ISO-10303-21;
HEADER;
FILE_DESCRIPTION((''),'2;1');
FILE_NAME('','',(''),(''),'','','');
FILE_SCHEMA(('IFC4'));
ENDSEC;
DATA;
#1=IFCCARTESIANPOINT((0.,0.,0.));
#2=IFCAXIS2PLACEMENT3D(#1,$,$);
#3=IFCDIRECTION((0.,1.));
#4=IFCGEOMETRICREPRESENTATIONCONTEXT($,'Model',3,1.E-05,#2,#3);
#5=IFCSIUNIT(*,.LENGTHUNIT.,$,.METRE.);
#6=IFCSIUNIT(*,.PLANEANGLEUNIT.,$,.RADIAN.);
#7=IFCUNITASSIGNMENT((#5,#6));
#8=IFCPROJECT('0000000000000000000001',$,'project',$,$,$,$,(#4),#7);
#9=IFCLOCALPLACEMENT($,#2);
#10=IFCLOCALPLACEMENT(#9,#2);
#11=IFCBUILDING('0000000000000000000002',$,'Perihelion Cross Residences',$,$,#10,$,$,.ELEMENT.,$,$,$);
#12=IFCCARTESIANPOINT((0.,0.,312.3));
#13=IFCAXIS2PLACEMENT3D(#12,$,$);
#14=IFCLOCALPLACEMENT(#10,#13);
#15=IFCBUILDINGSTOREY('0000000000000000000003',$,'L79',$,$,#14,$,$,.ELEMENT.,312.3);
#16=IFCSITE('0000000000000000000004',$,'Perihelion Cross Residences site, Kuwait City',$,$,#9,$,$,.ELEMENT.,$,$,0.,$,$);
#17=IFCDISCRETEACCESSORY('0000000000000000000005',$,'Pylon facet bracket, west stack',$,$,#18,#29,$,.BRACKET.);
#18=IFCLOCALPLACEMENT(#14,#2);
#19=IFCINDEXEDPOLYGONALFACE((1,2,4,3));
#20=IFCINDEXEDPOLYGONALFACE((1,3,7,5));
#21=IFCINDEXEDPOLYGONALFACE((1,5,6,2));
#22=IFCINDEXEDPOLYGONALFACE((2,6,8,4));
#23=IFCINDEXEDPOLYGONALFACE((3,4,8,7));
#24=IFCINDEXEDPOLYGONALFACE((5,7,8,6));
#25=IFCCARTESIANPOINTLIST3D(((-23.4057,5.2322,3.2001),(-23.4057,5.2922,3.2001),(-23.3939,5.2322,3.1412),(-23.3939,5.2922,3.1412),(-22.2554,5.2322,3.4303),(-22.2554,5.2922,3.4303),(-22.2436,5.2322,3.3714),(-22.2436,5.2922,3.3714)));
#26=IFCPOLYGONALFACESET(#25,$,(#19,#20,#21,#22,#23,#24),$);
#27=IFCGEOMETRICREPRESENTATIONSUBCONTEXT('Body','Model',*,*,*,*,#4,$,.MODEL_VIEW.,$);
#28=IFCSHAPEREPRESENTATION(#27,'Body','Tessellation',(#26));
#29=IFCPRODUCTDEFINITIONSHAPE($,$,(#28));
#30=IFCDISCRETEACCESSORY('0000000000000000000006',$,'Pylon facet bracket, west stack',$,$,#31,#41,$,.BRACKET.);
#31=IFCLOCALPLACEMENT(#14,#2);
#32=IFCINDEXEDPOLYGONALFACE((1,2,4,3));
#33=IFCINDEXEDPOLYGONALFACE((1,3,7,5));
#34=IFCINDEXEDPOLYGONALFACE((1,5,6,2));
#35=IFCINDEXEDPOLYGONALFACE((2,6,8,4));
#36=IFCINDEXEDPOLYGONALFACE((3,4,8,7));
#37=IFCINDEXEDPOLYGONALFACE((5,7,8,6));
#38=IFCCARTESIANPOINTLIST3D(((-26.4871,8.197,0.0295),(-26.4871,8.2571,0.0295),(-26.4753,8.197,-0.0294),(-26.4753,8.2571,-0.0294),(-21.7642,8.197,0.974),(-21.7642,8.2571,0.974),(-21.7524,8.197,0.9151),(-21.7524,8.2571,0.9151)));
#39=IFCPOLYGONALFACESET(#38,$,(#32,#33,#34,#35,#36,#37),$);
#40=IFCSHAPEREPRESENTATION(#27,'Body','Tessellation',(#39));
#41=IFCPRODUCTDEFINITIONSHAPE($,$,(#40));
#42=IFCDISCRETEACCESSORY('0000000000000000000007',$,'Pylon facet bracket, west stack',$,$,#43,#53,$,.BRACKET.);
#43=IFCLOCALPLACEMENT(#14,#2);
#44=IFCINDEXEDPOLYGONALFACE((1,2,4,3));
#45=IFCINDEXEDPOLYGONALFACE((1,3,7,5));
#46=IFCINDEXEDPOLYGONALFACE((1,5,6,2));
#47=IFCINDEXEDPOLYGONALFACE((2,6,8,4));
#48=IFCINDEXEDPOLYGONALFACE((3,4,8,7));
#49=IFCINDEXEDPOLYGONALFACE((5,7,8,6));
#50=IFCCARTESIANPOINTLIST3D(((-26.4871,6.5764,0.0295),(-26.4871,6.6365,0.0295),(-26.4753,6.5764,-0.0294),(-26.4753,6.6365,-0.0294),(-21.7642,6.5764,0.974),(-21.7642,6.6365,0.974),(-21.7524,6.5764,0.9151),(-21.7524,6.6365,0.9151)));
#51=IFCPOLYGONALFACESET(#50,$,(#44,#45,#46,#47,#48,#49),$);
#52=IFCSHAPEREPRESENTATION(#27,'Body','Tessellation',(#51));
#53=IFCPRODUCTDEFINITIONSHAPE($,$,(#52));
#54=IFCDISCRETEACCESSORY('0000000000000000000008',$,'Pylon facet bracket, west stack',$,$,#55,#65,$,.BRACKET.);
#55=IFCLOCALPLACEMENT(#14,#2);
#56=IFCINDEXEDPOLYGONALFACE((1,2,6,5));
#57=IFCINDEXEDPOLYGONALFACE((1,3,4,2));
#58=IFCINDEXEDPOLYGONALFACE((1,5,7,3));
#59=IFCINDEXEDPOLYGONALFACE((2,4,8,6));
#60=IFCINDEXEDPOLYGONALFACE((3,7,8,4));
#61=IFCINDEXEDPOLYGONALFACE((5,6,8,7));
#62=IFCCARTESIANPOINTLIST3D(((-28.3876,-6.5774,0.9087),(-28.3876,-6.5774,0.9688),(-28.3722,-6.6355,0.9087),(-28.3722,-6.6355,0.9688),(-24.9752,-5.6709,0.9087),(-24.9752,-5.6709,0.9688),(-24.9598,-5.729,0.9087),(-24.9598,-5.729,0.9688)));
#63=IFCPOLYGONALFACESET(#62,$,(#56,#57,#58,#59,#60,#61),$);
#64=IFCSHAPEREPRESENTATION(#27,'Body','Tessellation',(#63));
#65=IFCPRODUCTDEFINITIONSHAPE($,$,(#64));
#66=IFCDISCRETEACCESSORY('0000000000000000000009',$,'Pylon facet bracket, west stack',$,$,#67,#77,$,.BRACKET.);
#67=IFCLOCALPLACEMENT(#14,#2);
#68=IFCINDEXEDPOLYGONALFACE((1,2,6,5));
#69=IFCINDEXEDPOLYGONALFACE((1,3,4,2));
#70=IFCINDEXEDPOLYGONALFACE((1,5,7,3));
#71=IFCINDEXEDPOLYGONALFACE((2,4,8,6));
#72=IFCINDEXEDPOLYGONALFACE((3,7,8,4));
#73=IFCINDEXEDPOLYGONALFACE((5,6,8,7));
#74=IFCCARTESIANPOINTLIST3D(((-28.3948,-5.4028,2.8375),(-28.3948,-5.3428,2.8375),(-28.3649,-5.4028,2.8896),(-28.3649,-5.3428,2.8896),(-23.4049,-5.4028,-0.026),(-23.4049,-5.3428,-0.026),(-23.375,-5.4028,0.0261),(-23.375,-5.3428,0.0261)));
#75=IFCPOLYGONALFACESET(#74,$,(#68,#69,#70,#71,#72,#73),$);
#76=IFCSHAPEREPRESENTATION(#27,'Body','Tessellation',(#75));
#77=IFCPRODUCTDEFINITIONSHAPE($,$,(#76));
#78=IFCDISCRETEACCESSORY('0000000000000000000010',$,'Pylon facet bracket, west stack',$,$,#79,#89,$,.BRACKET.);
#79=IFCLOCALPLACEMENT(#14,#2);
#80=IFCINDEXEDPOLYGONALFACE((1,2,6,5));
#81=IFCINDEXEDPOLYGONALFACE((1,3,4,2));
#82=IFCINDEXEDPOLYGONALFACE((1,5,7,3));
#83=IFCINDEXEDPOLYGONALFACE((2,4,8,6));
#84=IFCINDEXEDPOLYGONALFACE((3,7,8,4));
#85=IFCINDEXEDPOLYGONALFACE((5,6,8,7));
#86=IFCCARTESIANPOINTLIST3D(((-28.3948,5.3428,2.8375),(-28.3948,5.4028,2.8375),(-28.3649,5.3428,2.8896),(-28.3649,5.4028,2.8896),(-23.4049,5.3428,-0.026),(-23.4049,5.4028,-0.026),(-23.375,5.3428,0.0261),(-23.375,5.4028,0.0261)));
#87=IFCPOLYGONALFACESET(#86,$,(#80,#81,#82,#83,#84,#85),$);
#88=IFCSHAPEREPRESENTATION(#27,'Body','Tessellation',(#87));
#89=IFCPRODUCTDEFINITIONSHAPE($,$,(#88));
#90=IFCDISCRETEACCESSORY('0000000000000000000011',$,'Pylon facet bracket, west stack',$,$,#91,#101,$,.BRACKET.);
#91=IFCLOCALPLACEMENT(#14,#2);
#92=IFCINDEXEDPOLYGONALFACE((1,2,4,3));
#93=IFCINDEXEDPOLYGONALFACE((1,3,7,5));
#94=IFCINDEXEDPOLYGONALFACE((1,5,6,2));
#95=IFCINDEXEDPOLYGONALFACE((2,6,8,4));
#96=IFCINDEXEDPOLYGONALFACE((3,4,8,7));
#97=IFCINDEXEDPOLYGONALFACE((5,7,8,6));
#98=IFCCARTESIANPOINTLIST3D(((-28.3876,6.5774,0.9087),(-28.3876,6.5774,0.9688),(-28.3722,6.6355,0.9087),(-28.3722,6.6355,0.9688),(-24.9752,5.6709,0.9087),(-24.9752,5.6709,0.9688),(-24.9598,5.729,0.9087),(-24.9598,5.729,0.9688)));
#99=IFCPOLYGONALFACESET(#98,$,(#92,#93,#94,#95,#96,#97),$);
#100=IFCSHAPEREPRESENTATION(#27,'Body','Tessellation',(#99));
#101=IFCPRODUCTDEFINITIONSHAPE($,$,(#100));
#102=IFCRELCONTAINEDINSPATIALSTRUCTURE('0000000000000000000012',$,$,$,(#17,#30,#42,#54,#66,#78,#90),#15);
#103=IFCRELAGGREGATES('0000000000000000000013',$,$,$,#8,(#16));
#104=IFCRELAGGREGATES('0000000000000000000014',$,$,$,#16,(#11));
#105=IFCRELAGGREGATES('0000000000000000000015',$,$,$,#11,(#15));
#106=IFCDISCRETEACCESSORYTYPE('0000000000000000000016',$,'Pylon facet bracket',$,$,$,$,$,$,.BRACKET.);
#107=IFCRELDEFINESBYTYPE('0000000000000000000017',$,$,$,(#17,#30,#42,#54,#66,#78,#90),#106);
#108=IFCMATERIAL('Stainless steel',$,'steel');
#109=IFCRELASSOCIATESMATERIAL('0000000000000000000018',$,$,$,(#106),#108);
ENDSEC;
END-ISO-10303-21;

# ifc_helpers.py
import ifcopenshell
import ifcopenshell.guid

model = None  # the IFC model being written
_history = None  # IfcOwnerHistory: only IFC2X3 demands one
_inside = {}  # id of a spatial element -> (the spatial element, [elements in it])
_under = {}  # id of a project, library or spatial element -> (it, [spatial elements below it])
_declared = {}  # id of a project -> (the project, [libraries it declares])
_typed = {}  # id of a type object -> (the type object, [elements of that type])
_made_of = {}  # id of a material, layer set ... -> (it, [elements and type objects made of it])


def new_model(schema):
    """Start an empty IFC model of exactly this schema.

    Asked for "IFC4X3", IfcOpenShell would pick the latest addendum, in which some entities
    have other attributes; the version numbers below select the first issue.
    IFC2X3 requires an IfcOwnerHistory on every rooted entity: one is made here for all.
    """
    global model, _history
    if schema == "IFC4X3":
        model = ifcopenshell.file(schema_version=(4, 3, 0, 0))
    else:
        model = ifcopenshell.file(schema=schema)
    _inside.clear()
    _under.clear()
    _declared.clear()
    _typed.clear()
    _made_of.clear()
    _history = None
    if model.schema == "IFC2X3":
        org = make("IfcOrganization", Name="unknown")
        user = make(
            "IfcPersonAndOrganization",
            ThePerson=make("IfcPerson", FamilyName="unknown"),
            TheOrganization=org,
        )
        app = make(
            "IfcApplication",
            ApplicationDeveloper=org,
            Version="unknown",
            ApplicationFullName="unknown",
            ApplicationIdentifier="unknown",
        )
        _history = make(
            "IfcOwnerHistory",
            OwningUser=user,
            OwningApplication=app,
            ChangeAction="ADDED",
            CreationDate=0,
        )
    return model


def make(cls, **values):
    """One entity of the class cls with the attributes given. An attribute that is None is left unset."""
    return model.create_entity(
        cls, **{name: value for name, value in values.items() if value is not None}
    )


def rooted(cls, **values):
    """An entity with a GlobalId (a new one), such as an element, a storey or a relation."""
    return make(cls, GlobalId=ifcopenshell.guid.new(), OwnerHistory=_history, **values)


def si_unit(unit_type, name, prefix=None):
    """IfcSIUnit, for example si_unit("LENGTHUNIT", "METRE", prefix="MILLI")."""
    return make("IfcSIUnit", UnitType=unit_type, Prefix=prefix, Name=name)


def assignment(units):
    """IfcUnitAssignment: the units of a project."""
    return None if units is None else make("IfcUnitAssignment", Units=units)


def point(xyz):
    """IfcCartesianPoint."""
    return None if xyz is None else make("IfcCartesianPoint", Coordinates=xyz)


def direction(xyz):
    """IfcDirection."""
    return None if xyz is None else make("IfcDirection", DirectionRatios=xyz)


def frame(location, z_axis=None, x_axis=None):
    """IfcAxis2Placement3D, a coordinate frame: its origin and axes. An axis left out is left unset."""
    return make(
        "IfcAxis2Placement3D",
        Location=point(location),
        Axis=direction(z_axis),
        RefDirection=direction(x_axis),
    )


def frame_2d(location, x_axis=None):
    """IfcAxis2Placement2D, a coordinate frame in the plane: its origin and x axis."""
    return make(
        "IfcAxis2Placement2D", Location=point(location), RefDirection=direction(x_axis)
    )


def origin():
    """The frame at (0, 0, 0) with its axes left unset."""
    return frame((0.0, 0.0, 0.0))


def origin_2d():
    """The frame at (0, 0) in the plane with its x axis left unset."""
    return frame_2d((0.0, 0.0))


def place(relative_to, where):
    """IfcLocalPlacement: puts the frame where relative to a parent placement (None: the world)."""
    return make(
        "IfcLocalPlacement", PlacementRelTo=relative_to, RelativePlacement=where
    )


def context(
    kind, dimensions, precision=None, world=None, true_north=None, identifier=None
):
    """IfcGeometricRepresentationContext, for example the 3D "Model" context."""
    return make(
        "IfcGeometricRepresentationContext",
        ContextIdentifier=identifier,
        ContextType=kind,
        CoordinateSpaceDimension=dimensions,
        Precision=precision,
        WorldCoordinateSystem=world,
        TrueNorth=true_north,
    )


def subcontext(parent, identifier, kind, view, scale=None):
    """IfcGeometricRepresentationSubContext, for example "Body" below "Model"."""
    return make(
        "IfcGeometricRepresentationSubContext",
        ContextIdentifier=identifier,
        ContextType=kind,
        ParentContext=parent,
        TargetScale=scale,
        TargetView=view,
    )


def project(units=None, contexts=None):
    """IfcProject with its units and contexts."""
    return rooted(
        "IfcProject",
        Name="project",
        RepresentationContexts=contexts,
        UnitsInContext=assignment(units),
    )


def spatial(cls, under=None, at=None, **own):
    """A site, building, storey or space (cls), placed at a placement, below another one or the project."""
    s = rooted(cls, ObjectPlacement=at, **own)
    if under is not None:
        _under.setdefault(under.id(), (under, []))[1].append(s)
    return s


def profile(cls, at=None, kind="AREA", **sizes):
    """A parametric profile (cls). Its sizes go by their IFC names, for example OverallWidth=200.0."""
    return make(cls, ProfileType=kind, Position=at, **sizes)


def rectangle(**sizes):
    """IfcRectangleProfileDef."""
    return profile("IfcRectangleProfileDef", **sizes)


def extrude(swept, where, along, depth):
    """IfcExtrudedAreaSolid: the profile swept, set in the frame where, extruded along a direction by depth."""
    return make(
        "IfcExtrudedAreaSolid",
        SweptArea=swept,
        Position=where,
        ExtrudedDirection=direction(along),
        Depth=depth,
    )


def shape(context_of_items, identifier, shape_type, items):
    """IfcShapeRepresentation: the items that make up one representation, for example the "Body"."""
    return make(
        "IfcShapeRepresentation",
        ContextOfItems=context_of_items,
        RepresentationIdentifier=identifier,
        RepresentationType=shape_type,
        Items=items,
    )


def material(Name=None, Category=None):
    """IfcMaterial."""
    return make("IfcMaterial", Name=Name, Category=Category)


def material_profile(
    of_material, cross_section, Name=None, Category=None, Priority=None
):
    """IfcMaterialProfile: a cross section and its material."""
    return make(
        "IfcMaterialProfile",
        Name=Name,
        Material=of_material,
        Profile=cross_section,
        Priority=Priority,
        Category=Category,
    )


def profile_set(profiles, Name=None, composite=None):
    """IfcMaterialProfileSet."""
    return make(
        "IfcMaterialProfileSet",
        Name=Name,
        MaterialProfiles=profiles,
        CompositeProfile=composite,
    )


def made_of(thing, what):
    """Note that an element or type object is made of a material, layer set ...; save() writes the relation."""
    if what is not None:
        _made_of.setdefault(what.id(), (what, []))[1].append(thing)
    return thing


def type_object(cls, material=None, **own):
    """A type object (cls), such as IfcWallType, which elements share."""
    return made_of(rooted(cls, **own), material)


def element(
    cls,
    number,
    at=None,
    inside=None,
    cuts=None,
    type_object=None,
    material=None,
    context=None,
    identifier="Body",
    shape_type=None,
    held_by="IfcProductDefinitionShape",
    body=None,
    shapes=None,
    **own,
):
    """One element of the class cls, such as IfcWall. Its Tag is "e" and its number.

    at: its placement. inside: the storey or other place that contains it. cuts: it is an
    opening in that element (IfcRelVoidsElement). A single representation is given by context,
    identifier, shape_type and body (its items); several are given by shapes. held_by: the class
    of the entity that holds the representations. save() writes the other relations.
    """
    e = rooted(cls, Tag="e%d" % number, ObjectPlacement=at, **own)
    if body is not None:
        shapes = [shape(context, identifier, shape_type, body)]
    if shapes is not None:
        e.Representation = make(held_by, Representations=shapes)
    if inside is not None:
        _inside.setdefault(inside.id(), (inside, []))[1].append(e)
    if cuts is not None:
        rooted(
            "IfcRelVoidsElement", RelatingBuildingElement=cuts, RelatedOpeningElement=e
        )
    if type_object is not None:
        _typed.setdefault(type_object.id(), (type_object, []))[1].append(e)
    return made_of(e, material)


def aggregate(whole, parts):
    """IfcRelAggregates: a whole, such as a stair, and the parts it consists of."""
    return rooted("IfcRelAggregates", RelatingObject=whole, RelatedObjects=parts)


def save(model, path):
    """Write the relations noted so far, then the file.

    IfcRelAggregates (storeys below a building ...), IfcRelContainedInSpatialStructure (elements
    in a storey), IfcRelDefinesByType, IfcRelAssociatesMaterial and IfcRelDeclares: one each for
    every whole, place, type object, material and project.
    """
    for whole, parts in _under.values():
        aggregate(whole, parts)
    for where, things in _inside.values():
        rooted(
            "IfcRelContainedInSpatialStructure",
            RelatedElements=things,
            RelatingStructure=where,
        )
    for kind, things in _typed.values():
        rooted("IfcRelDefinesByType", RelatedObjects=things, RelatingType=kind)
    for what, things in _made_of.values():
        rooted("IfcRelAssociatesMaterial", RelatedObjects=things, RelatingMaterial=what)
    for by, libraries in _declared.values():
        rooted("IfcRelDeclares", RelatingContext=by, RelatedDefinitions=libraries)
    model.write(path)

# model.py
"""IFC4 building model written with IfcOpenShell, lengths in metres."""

from ifc_helpers import new_model, si_unit, direction, frame, origin, origin_2d, place, context, subcontext, project, spatial, rectangle, extrude, material, material_profile, profile_set, type_object, element, save


model = new_model("IFC4")

# Units and contexts
model_context = context("Model", 3, precision=1e-05, world=origin(), true_north=direction((0.0, 1.0)))
body_context = subcontext(model_context, "Body", "Model", "MODEL_VIEW")
ifc_project = project(units=[si_unit("LENGTHUNIT", "METRE"), si_unit("PLANEANGLEUNIT", "RADIAN")], contexts=[model_context])

# Site, building, storey
site_placement = place(None, origin())
site = spatial("IfcSite", under=ifc_project, at=site_placement, Name="Perihelion Cross Residences site, Kuwait City", CompositionType="ELEMENT", RefElevation=0.0)
building_placement = place(site_placement, origin())
building = spatial("IfcBuilding", under=site, at=building_placement, Name="Perihelion Cross Residences", CompositionType="ELEMENT")
storey_placement = place(building_placement, frame((0.0, 0.0, 312.3)))
storey = spatial("IfcBuildingStorey", under=building, at=storey_placement, Name="L79", CompositionType="ELEMENT", Elevation=312.3)

# Discrete accessories
ifc_material_1 = material(Name="Stainless steel", Category="steel")
ifc_material_profile_1 = material_profile(ifc_material_1, rectangle(XDim=0.0601, YDim=0.0601, at=origin_2d()), Name="Pylon facet bracket")
ifc_profile_set_1 = profile_set([ifc_material_profile_1], Name="Stainless steel")
discrete_accessory_type_1 = type_object("IfcDiscreteAccessoryType", Name="Pylon facet bracket", PredefinedType="BRACKET", material=ifc_profile_set_1)
discrete_accessory_1_placement = place(storey_placement, frame((-22.2495, 5.2622, 3.4009), z_axis=(-0.980557, 0.0, -0.196236), x_axis=(0.0, -1.0, 0.0)))
element("IfcDiscreteAccessory", 1, at=discrete_accessory_1_placement, inside=storey, type_object=discrete_accessory_type_1, Name="Pylon facet bracket, west stack", PredefinedType="BRACKET", context=body_context, shape_type="SweptSolid", body=[
    extrude(rectangle(XDim=0.0601, YDim=0.0601, at=origin_2d()), origin(), (0.0, 0.0, 1.0), 1.1731),
])
for number, where, z_axis, x_axis, name in (
    (2, (-21.7583, 8.2271, 0.9446), (-0.980581, 0.0, -0.196116), (0.0, -1.0, 0.0), "Pylon facet bracket, west stack"),
    (3, (-21.7583, 6.6064, 0.9446), (-0.980581, 0.0, -0.196116), (0.0, -1.0, 0.0), "Pylon facet bracket, west stack"),
):
    element("IfcDiscreteAccessory", number, at=place(storey_placement, frame(where, z_axis=z_axis, x_axis=x_axis)), inside=storey, type_object=discrete_accessory_type_1, Name=name, PredefinedType="BRACKET", context=body_context, shape_type="SweptSolid", body=[
        extrude(rectangle(XDim=0.0601, YDim=0.0601, at=origin_2d()), origin(), (0.0, 0.0, 1.0), 4.8164),
    ])
discrete_accessory_2_placement = place(storey_placement, frame((-28.3799, -6.6064, 0.9387), z_axis=(0.966479, 0.256746, 0.0), x_axis=(-0.256746, 0.966479, 0.0)))
element("IfcDiscreteAccessory", 4, at=discrete_accessory_2_placement, inside=storey, type_object=discrete_accessory_type_1, Name="Pylon facet bracket, west stack", PredefinedType="BRACKET", context=body_context, shape_type="SweptSolid", body=[
    extrude(rectangle(XDim=0.0601, YDim=0.0601, at=origin_2d()), origin(), (0.0, 0.0, 1.0), 3.5308),
])
for number, where, z_axis, x_axis, name in (
    (5, (-28.3799, -5.3728, 2.8635), (0.867336, 0.0, -0.497724), (0.0, 1.0, 0.0), "Pylon facet bracket, west stack"),
    (6, (-28.3799, 5.3728, 2.8635), (0.867336, 0.0, -0.497724), (0.0, 1.0, 0.0), "Pylon facet bracket, west stack"),
):
    element("IfcDiscreteAccessory", number, at=place(storey_placement, frame(where, z_axis=z_axis, x_axis=x_axis)), inside=storey, type_object=discrete_accessory_type_1, Name=name, PredefinedType="BRACKET", context=body_context, shape_type="SweptSolid", body=[
        extrude(rectangle(XDim=0.0601, YDim=0.0601, at=origin_2d()), origin(), (0.0, 0.0, 1.0), 5.7532),
    ])
discrete_accessory_3_placement = place(storey_placement, frame((-28.3799, 6.6064, 0.9387), z_axis=(0.966479, -0.256746, 0.0), x_axis=(0.256746, 0.966479, 0.0)))
element("IfcDiscreteAccessory", 7, at=discrete_accessory_3_placement, inside=storey, type_object=discrete_accessory_type_1, Name="Pylon facet bracket, west stack", PredefinedType="BRACKET", context=body_context, shape_type="SweptSolid", body=[
    extrude(rectangle(XDim=0.0601, YDim=0.0601, at=origin_2d()), origin(), (0.0, 0.0, 1.0), 3.5308),
])

save(model, "model.ifc")
